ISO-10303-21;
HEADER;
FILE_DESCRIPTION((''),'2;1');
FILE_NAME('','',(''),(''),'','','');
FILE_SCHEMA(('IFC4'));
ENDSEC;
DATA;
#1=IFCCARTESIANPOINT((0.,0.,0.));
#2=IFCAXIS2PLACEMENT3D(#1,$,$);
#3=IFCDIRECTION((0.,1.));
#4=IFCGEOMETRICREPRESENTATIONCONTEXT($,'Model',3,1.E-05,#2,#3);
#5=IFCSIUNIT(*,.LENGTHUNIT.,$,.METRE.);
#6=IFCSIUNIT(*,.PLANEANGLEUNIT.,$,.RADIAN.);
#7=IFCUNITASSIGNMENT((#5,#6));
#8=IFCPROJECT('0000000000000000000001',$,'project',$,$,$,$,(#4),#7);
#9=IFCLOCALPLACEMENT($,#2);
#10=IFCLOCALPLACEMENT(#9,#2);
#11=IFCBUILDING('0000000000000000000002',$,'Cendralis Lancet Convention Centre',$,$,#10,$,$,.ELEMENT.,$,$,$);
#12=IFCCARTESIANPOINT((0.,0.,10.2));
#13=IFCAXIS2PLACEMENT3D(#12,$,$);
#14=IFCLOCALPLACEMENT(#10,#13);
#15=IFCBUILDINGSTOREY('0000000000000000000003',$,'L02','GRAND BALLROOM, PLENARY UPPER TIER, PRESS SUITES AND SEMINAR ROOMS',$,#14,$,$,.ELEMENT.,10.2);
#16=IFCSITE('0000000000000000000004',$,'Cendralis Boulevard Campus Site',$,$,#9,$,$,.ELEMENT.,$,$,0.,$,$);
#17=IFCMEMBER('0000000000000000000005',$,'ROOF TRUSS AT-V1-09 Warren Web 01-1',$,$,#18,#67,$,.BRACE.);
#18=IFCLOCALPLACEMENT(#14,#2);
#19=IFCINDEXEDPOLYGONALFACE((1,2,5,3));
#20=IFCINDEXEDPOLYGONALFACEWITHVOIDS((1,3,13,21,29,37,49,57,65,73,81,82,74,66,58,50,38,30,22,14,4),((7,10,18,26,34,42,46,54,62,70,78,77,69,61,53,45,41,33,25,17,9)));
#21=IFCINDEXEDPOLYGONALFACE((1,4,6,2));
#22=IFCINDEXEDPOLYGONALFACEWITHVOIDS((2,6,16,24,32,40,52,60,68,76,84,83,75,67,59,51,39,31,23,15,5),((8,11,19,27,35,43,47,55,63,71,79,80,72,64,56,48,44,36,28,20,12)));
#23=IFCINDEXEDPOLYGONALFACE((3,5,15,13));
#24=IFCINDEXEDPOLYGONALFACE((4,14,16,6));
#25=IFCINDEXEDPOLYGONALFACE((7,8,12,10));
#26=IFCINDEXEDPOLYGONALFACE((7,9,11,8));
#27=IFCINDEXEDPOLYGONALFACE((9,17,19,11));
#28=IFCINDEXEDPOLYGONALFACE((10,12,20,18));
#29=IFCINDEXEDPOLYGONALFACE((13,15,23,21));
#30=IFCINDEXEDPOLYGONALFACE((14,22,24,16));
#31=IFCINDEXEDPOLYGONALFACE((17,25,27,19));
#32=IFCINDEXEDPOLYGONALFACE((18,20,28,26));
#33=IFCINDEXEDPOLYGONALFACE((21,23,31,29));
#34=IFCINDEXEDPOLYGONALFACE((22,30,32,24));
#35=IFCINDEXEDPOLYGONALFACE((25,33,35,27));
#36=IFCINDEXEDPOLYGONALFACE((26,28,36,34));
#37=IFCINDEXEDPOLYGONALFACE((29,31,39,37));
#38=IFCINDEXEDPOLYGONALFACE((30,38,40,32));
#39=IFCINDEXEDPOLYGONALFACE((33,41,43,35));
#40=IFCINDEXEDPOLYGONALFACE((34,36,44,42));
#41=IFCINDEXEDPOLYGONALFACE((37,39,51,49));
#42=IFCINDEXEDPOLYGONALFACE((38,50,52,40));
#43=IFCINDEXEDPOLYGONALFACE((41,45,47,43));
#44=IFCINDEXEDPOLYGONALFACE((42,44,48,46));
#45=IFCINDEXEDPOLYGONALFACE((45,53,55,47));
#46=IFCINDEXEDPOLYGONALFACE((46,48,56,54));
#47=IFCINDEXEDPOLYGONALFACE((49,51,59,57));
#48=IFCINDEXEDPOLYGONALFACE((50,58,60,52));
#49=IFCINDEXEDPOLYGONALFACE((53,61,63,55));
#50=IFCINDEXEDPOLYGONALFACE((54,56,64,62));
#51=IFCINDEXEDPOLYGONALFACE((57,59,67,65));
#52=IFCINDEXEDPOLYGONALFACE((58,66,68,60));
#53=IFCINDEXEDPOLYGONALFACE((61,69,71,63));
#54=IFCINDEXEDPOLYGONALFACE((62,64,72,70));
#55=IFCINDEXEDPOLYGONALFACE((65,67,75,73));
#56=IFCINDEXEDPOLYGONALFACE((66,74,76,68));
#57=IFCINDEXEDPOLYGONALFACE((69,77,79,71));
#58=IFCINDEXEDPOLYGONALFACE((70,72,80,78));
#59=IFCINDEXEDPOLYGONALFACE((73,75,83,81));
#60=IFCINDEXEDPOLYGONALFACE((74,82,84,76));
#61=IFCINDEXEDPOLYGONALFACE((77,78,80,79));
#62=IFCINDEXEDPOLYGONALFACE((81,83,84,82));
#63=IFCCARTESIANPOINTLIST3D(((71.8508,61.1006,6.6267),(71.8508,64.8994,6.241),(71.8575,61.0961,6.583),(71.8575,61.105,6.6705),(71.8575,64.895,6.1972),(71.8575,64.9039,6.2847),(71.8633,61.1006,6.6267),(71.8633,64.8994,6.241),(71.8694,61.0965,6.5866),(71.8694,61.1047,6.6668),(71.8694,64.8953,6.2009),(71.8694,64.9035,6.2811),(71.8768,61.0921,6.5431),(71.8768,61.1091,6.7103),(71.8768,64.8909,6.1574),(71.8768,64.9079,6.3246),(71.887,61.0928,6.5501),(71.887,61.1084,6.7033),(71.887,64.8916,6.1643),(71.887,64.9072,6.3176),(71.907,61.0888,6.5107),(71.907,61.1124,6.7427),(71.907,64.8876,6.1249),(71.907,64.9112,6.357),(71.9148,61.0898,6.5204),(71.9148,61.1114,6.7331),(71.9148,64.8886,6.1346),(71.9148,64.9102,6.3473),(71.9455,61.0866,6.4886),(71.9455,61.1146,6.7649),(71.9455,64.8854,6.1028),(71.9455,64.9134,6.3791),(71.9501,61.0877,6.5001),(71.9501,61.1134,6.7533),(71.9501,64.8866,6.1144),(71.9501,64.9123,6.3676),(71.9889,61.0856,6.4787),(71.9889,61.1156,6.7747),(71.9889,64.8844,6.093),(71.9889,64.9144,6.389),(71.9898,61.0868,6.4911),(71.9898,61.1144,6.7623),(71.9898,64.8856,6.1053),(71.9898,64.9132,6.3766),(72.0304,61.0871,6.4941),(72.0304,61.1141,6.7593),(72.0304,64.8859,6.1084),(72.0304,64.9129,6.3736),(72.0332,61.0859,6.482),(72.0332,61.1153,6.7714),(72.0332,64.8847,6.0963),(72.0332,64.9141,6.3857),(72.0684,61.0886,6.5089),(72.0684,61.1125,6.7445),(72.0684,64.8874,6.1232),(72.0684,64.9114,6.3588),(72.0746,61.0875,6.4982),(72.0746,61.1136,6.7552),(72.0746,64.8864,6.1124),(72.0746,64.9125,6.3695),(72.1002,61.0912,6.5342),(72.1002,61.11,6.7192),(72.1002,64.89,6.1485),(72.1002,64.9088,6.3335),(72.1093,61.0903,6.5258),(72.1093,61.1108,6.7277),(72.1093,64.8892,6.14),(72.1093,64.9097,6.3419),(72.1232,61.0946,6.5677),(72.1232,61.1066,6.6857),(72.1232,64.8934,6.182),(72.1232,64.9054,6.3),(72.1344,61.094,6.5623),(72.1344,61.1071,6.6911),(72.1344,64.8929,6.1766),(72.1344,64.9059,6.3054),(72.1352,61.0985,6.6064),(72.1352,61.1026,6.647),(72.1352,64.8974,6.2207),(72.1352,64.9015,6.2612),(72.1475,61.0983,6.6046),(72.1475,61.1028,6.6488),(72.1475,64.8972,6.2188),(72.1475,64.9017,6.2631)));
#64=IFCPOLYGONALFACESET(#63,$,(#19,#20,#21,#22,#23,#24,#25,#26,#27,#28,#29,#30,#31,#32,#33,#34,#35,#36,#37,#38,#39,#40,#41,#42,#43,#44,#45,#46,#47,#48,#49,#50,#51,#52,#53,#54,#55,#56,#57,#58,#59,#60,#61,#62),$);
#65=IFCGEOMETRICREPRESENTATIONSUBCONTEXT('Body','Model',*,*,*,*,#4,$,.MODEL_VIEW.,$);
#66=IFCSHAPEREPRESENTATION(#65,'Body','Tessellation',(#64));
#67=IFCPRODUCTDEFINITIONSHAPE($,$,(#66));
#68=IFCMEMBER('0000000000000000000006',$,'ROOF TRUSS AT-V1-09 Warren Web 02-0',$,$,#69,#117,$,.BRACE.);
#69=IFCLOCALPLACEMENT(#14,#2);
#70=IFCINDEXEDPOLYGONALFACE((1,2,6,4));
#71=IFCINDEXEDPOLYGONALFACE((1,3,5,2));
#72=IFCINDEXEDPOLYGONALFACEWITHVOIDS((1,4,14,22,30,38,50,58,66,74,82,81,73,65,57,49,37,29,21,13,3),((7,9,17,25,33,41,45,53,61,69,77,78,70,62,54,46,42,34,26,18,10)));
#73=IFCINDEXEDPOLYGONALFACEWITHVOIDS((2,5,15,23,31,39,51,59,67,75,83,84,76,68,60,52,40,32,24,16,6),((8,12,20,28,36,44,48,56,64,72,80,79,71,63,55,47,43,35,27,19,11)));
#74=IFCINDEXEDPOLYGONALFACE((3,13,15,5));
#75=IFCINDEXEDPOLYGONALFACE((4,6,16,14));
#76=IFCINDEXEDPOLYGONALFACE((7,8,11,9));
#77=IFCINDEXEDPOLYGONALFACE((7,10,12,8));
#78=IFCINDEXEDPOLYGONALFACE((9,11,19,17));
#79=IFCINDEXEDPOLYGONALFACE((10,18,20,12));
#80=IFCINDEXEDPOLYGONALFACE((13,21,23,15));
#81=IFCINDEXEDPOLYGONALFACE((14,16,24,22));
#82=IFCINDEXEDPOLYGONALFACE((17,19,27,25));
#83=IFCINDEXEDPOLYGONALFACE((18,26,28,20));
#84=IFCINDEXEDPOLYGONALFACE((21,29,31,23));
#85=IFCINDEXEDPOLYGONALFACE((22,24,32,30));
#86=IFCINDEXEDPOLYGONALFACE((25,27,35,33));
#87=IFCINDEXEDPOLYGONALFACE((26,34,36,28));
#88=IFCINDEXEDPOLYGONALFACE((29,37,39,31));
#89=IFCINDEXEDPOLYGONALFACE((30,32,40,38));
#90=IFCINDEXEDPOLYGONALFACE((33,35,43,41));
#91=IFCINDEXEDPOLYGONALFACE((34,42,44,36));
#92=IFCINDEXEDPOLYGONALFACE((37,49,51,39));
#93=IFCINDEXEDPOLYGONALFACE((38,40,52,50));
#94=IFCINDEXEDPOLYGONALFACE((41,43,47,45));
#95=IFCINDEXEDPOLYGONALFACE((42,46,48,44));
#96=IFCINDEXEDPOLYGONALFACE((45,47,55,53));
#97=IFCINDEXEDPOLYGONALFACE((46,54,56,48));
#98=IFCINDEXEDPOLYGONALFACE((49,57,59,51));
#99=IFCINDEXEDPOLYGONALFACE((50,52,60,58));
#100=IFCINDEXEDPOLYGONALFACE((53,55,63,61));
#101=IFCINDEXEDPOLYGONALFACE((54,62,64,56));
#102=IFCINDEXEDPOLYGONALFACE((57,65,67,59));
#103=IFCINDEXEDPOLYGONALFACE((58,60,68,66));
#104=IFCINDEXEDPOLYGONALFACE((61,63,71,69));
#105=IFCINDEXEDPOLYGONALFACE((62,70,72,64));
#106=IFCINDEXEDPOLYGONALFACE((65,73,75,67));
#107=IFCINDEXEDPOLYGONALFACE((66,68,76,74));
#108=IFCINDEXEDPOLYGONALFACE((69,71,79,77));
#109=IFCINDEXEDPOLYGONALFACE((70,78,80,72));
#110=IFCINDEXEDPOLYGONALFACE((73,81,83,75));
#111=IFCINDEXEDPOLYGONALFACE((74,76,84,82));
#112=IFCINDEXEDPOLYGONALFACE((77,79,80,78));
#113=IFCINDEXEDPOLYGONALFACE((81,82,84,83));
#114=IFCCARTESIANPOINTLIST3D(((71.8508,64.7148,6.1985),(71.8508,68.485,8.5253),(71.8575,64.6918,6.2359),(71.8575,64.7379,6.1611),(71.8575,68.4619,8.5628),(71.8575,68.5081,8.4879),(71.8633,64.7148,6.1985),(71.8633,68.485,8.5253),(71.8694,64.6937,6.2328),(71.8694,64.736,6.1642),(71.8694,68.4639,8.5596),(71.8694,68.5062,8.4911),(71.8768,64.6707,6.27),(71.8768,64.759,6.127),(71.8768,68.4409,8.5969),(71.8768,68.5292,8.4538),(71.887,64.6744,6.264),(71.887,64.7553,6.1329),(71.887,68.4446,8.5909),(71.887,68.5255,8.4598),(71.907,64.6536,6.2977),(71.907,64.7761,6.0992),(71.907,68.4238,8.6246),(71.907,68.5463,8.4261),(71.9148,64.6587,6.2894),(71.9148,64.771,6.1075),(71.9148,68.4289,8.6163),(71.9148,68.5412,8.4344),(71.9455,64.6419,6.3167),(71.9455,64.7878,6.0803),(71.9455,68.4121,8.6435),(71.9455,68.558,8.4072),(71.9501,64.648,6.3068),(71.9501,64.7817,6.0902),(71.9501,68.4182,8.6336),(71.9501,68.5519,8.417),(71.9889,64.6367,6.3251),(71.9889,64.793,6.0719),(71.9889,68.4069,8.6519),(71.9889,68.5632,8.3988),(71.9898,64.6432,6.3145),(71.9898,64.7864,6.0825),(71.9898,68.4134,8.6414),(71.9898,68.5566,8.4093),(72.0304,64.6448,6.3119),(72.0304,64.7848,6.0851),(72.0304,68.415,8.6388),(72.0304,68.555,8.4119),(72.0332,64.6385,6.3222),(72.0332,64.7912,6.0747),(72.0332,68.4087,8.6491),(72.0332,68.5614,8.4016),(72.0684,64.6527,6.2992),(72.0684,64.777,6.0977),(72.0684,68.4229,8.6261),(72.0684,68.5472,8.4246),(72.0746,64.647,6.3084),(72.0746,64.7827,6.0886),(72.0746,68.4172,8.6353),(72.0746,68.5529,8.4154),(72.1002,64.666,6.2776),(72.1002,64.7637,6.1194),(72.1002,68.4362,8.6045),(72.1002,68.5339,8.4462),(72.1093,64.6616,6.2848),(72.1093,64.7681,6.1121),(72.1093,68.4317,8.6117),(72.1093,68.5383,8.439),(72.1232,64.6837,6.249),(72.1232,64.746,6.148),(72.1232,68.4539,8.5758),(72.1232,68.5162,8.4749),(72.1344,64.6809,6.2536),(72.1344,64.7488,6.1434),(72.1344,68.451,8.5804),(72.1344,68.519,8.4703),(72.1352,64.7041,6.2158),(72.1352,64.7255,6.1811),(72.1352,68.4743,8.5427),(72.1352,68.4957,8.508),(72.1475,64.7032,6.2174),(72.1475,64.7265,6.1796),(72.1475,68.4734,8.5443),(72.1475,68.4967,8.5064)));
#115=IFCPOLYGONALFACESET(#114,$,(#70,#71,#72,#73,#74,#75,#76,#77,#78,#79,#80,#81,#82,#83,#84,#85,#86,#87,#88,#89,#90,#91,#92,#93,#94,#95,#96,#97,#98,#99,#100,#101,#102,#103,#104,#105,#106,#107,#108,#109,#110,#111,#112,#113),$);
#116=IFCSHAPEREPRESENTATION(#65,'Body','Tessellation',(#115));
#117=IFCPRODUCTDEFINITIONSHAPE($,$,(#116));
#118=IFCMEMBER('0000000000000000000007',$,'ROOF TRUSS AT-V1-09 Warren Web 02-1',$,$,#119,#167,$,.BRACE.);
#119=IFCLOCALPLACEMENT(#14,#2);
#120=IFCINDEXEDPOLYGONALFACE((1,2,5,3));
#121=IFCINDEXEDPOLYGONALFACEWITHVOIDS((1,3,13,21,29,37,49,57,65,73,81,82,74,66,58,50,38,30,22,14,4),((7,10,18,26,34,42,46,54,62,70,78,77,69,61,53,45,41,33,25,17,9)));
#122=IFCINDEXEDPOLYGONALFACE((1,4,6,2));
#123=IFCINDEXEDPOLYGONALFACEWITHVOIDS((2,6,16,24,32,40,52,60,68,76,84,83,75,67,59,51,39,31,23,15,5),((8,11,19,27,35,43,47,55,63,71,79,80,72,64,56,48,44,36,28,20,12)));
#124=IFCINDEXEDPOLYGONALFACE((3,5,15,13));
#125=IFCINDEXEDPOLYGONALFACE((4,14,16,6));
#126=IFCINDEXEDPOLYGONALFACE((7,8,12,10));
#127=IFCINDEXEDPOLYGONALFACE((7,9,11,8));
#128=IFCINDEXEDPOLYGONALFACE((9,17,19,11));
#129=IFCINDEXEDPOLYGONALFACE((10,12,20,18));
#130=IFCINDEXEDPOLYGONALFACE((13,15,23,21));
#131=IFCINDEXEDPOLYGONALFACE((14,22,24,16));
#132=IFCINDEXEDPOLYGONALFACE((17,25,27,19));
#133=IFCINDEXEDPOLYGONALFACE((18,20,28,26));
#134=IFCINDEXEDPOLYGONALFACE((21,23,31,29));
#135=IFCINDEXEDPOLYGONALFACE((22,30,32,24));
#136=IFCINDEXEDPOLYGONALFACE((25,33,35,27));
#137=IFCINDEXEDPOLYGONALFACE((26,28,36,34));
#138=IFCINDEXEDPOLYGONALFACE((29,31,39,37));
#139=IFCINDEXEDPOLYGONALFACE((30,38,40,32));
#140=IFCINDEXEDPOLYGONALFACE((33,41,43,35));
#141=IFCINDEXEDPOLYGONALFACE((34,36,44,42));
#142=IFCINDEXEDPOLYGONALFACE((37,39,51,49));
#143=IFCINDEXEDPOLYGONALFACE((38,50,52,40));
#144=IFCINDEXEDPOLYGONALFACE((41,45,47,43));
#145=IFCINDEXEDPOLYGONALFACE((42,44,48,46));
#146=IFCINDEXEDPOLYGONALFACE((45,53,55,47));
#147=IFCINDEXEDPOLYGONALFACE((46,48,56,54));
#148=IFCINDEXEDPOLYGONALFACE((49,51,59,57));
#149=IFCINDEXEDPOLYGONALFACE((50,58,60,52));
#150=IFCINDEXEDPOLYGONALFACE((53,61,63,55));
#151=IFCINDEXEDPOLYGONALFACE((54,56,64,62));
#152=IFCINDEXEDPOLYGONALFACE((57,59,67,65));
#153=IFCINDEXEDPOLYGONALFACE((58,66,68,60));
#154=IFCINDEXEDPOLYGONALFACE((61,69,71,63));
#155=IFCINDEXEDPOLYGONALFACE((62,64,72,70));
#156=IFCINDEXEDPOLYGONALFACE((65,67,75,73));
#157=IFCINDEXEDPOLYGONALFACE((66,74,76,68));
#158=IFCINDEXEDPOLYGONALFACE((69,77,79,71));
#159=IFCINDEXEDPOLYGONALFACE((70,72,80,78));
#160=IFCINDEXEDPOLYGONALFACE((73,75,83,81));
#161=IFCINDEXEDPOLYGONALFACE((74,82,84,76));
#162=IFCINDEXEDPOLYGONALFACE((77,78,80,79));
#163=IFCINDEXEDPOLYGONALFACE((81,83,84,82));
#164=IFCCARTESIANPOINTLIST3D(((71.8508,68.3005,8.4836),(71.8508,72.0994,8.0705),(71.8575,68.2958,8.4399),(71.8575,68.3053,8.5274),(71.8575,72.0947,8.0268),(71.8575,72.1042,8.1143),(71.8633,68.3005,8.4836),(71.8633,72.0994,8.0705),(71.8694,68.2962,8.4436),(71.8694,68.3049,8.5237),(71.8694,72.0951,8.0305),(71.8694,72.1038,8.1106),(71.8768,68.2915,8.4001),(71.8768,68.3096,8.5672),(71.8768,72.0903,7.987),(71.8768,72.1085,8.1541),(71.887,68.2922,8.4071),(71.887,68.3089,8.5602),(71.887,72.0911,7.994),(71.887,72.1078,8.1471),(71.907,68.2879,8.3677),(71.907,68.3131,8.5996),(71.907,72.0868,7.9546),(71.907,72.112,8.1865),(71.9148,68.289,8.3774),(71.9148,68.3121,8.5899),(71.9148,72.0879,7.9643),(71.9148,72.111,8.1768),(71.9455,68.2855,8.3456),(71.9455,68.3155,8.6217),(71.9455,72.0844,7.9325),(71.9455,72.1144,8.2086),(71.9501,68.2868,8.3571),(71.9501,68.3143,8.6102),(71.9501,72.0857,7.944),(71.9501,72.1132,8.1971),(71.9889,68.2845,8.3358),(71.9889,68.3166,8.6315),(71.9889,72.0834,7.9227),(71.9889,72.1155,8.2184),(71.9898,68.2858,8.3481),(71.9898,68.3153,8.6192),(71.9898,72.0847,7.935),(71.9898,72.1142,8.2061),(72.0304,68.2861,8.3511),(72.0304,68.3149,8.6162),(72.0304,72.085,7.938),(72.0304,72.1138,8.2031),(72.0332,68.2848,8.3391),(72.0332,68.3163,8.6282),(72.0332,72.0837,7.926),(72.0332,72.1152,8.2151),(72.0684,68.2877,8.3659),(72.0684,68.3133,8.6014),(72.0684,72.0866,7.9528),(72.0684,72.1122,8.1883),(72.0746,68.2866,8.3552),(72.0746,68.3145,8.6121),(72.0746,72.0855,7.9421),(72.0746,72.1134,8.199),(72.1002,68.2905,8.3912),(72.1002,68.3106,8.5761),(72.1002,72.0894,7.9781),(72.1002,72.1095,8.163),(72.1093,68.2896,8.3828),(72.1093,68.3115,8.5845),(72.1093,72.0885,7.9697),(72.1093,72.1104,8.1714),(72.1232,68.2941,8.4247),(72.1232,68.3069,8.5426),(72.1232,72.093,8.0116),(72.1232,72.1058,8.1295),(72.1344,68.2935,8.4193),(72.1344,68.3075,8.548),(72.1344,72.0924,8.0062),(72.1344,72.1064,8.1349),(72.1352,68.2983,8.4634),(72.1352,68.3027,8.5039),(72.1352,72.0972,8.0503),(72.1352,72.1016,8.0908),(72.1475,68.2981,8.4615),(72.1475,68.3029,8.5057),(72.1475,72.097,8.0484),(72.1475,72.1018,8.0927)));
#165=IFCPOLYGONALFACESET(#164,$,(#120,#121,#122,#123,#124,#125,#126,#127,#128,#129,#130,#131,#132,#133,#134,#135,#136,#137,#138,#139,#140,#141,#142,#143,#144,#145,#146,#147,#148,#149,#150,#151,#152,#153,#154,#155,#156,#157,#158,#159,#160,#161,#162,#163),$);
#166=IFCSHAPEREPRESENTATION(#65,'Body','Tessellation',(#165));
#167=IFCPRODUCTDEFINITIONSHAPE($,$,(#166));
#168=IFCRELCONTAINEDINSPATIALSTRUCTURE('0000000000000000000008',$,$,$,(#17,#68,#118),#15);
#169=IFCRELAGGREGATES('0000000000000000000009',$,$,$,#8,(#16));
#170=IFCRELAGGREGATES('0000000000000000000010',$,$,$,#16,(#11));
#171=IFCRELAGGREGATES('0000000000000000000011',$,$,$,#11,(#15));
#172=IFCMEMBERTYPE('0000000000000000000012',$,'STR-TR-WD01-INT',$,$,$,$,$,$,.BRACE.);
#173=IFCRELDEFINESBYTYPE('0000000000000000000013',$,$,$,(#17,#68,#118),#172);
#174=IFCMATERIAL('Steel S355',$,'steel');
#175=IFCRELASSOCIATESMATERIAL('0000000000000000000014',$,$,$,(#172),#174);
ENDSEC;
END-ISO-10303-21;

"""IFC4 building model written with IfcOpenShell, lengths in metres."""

from ifc_helpers import new_model, si_unit, direction, frame, origin, origin_2d, place, context, subcontext, project, spatial, hollow_circle, extrude, material, material_profile, profile_set, type_object, element, save


model = new_model("IFC4")

# Units and contexts
model_context = context("Model", 3, precision=1e-05, world=origin(), true_north=direction((0.0, 1.0)))
body_context = subcontext(model_context, "Body", "Model", "MODEL_VIEW")
ifc_project = project(units=[si_unit("LENGTHUNIT", "METRE"), si_unit("PLANEANGLEUNIT", "RADIAN")], contexts=[model_context])

# Site, building, storey
site_placement = place(None, origin())
site = spatial("IfcSite", under=ifc_project, at=site_placement, Name="Cendralis Boulevard Campus Site", CompositionType="ELEMENT", RefElevation=0.0)
building_placement = place(site_placement, origin())
building = spatial("IfcBuilding", under=site, at=building_placement, Name="Cendralis Lancet Convention Centre", CompositionType="ELEMENT")
storey_placement = place(building_placement, frame((0.0, 0.0, 10.2)))
storey = spatial("IfcBuildingStorey", under=building, at=storey_placement, Name="L02", Description="GRAND BALLROOM, PLENARY UPPER TIER, PRESS SUITES AND SEMINAR ROOMS", CompositionType="ELEMENT", Elevation=10.2)

# Members
ifc_material = material(Name="Steel S355", Category="steel")
ifc_material_profile_1 = material_profile(ifc_material, hollow_circle(Radius=0.1492, WallThickness=0.0125, at=origin_2d()), Name="CHS 298.5x12.5")
ifc_profile_set_1 = profile_set([ifc_material_profile_1], Name="Steel S355")
member_type_1 = type_object("IfcMemberType", Name="STR-TR-WD01-INT", PredefinedType="BRACE", material=ifc_profile_set_1)
member_1_placement = place(storey_placement, frame((72.0, 61.1006, 6.6267), z_axis=(0.0, 0.994884, -0.101023), x_axis=(-1.0, 0.0, 0.0)))
element("IfcMember", 1, at=member_1_placement, inside=storey, type_object=member_type_1, Name="ROOF TRUSS AT-V1-09 Warren Web 01-1", PredefinedType="BRACE", context=body_context, shape_type="SweptSolid", body=[
    extrude(hollow_circle(Radius=0.1492, WallThickness=0.0125, at=origin_2d()), origin(), (0.0, 0.0, 1.0), 3.8184),
])
member_2_placement = place(storey_placement, frame((72.0, 64.7148, 6.1985), z_axis=(0.0, 0.850978, 0.525201), x_axis=(-1.0, 0.0, 0.0)))
element("IfcMember", 2, at=member_2_placement, inside=storey, type_object=member_type_1, Name="ROOF TRUSS AT-V1-09 Warren Web 02-0", PredefinedType="BRACE", context=body_context, shape_type="SweptSolid", body=[
    extrude(hollow_circle(Radius=0.1492, WallThickness=0.0125, at=origin_2d()), origin(), (0.0, 0.0, 1.0), 4.4304),
])
member_3_placement = place(storey_placement, frame((72.0, 68.3005, 8.4836), z_axis=(0.0, 0.99414, -0.108103), x_axis=(-1.0, 0.0, 0.0)))
element("IfcMember", 3, at=member_3_placement, inside=storey, type_object=member_type_1, Name="ROOF TRUSS AT-V1-09 Warren Web 02-1", PredefinedType="BRACE", context=body_context, shape_type="SweptSolid", body=[
    extrude(hollow_circle(Radius=0.1492, WallThickness=0.0125, at=origin_2d()), origin(), (0.0, 0.0, 1.0), 3.8213),
])

save(model, "model.ifc")
